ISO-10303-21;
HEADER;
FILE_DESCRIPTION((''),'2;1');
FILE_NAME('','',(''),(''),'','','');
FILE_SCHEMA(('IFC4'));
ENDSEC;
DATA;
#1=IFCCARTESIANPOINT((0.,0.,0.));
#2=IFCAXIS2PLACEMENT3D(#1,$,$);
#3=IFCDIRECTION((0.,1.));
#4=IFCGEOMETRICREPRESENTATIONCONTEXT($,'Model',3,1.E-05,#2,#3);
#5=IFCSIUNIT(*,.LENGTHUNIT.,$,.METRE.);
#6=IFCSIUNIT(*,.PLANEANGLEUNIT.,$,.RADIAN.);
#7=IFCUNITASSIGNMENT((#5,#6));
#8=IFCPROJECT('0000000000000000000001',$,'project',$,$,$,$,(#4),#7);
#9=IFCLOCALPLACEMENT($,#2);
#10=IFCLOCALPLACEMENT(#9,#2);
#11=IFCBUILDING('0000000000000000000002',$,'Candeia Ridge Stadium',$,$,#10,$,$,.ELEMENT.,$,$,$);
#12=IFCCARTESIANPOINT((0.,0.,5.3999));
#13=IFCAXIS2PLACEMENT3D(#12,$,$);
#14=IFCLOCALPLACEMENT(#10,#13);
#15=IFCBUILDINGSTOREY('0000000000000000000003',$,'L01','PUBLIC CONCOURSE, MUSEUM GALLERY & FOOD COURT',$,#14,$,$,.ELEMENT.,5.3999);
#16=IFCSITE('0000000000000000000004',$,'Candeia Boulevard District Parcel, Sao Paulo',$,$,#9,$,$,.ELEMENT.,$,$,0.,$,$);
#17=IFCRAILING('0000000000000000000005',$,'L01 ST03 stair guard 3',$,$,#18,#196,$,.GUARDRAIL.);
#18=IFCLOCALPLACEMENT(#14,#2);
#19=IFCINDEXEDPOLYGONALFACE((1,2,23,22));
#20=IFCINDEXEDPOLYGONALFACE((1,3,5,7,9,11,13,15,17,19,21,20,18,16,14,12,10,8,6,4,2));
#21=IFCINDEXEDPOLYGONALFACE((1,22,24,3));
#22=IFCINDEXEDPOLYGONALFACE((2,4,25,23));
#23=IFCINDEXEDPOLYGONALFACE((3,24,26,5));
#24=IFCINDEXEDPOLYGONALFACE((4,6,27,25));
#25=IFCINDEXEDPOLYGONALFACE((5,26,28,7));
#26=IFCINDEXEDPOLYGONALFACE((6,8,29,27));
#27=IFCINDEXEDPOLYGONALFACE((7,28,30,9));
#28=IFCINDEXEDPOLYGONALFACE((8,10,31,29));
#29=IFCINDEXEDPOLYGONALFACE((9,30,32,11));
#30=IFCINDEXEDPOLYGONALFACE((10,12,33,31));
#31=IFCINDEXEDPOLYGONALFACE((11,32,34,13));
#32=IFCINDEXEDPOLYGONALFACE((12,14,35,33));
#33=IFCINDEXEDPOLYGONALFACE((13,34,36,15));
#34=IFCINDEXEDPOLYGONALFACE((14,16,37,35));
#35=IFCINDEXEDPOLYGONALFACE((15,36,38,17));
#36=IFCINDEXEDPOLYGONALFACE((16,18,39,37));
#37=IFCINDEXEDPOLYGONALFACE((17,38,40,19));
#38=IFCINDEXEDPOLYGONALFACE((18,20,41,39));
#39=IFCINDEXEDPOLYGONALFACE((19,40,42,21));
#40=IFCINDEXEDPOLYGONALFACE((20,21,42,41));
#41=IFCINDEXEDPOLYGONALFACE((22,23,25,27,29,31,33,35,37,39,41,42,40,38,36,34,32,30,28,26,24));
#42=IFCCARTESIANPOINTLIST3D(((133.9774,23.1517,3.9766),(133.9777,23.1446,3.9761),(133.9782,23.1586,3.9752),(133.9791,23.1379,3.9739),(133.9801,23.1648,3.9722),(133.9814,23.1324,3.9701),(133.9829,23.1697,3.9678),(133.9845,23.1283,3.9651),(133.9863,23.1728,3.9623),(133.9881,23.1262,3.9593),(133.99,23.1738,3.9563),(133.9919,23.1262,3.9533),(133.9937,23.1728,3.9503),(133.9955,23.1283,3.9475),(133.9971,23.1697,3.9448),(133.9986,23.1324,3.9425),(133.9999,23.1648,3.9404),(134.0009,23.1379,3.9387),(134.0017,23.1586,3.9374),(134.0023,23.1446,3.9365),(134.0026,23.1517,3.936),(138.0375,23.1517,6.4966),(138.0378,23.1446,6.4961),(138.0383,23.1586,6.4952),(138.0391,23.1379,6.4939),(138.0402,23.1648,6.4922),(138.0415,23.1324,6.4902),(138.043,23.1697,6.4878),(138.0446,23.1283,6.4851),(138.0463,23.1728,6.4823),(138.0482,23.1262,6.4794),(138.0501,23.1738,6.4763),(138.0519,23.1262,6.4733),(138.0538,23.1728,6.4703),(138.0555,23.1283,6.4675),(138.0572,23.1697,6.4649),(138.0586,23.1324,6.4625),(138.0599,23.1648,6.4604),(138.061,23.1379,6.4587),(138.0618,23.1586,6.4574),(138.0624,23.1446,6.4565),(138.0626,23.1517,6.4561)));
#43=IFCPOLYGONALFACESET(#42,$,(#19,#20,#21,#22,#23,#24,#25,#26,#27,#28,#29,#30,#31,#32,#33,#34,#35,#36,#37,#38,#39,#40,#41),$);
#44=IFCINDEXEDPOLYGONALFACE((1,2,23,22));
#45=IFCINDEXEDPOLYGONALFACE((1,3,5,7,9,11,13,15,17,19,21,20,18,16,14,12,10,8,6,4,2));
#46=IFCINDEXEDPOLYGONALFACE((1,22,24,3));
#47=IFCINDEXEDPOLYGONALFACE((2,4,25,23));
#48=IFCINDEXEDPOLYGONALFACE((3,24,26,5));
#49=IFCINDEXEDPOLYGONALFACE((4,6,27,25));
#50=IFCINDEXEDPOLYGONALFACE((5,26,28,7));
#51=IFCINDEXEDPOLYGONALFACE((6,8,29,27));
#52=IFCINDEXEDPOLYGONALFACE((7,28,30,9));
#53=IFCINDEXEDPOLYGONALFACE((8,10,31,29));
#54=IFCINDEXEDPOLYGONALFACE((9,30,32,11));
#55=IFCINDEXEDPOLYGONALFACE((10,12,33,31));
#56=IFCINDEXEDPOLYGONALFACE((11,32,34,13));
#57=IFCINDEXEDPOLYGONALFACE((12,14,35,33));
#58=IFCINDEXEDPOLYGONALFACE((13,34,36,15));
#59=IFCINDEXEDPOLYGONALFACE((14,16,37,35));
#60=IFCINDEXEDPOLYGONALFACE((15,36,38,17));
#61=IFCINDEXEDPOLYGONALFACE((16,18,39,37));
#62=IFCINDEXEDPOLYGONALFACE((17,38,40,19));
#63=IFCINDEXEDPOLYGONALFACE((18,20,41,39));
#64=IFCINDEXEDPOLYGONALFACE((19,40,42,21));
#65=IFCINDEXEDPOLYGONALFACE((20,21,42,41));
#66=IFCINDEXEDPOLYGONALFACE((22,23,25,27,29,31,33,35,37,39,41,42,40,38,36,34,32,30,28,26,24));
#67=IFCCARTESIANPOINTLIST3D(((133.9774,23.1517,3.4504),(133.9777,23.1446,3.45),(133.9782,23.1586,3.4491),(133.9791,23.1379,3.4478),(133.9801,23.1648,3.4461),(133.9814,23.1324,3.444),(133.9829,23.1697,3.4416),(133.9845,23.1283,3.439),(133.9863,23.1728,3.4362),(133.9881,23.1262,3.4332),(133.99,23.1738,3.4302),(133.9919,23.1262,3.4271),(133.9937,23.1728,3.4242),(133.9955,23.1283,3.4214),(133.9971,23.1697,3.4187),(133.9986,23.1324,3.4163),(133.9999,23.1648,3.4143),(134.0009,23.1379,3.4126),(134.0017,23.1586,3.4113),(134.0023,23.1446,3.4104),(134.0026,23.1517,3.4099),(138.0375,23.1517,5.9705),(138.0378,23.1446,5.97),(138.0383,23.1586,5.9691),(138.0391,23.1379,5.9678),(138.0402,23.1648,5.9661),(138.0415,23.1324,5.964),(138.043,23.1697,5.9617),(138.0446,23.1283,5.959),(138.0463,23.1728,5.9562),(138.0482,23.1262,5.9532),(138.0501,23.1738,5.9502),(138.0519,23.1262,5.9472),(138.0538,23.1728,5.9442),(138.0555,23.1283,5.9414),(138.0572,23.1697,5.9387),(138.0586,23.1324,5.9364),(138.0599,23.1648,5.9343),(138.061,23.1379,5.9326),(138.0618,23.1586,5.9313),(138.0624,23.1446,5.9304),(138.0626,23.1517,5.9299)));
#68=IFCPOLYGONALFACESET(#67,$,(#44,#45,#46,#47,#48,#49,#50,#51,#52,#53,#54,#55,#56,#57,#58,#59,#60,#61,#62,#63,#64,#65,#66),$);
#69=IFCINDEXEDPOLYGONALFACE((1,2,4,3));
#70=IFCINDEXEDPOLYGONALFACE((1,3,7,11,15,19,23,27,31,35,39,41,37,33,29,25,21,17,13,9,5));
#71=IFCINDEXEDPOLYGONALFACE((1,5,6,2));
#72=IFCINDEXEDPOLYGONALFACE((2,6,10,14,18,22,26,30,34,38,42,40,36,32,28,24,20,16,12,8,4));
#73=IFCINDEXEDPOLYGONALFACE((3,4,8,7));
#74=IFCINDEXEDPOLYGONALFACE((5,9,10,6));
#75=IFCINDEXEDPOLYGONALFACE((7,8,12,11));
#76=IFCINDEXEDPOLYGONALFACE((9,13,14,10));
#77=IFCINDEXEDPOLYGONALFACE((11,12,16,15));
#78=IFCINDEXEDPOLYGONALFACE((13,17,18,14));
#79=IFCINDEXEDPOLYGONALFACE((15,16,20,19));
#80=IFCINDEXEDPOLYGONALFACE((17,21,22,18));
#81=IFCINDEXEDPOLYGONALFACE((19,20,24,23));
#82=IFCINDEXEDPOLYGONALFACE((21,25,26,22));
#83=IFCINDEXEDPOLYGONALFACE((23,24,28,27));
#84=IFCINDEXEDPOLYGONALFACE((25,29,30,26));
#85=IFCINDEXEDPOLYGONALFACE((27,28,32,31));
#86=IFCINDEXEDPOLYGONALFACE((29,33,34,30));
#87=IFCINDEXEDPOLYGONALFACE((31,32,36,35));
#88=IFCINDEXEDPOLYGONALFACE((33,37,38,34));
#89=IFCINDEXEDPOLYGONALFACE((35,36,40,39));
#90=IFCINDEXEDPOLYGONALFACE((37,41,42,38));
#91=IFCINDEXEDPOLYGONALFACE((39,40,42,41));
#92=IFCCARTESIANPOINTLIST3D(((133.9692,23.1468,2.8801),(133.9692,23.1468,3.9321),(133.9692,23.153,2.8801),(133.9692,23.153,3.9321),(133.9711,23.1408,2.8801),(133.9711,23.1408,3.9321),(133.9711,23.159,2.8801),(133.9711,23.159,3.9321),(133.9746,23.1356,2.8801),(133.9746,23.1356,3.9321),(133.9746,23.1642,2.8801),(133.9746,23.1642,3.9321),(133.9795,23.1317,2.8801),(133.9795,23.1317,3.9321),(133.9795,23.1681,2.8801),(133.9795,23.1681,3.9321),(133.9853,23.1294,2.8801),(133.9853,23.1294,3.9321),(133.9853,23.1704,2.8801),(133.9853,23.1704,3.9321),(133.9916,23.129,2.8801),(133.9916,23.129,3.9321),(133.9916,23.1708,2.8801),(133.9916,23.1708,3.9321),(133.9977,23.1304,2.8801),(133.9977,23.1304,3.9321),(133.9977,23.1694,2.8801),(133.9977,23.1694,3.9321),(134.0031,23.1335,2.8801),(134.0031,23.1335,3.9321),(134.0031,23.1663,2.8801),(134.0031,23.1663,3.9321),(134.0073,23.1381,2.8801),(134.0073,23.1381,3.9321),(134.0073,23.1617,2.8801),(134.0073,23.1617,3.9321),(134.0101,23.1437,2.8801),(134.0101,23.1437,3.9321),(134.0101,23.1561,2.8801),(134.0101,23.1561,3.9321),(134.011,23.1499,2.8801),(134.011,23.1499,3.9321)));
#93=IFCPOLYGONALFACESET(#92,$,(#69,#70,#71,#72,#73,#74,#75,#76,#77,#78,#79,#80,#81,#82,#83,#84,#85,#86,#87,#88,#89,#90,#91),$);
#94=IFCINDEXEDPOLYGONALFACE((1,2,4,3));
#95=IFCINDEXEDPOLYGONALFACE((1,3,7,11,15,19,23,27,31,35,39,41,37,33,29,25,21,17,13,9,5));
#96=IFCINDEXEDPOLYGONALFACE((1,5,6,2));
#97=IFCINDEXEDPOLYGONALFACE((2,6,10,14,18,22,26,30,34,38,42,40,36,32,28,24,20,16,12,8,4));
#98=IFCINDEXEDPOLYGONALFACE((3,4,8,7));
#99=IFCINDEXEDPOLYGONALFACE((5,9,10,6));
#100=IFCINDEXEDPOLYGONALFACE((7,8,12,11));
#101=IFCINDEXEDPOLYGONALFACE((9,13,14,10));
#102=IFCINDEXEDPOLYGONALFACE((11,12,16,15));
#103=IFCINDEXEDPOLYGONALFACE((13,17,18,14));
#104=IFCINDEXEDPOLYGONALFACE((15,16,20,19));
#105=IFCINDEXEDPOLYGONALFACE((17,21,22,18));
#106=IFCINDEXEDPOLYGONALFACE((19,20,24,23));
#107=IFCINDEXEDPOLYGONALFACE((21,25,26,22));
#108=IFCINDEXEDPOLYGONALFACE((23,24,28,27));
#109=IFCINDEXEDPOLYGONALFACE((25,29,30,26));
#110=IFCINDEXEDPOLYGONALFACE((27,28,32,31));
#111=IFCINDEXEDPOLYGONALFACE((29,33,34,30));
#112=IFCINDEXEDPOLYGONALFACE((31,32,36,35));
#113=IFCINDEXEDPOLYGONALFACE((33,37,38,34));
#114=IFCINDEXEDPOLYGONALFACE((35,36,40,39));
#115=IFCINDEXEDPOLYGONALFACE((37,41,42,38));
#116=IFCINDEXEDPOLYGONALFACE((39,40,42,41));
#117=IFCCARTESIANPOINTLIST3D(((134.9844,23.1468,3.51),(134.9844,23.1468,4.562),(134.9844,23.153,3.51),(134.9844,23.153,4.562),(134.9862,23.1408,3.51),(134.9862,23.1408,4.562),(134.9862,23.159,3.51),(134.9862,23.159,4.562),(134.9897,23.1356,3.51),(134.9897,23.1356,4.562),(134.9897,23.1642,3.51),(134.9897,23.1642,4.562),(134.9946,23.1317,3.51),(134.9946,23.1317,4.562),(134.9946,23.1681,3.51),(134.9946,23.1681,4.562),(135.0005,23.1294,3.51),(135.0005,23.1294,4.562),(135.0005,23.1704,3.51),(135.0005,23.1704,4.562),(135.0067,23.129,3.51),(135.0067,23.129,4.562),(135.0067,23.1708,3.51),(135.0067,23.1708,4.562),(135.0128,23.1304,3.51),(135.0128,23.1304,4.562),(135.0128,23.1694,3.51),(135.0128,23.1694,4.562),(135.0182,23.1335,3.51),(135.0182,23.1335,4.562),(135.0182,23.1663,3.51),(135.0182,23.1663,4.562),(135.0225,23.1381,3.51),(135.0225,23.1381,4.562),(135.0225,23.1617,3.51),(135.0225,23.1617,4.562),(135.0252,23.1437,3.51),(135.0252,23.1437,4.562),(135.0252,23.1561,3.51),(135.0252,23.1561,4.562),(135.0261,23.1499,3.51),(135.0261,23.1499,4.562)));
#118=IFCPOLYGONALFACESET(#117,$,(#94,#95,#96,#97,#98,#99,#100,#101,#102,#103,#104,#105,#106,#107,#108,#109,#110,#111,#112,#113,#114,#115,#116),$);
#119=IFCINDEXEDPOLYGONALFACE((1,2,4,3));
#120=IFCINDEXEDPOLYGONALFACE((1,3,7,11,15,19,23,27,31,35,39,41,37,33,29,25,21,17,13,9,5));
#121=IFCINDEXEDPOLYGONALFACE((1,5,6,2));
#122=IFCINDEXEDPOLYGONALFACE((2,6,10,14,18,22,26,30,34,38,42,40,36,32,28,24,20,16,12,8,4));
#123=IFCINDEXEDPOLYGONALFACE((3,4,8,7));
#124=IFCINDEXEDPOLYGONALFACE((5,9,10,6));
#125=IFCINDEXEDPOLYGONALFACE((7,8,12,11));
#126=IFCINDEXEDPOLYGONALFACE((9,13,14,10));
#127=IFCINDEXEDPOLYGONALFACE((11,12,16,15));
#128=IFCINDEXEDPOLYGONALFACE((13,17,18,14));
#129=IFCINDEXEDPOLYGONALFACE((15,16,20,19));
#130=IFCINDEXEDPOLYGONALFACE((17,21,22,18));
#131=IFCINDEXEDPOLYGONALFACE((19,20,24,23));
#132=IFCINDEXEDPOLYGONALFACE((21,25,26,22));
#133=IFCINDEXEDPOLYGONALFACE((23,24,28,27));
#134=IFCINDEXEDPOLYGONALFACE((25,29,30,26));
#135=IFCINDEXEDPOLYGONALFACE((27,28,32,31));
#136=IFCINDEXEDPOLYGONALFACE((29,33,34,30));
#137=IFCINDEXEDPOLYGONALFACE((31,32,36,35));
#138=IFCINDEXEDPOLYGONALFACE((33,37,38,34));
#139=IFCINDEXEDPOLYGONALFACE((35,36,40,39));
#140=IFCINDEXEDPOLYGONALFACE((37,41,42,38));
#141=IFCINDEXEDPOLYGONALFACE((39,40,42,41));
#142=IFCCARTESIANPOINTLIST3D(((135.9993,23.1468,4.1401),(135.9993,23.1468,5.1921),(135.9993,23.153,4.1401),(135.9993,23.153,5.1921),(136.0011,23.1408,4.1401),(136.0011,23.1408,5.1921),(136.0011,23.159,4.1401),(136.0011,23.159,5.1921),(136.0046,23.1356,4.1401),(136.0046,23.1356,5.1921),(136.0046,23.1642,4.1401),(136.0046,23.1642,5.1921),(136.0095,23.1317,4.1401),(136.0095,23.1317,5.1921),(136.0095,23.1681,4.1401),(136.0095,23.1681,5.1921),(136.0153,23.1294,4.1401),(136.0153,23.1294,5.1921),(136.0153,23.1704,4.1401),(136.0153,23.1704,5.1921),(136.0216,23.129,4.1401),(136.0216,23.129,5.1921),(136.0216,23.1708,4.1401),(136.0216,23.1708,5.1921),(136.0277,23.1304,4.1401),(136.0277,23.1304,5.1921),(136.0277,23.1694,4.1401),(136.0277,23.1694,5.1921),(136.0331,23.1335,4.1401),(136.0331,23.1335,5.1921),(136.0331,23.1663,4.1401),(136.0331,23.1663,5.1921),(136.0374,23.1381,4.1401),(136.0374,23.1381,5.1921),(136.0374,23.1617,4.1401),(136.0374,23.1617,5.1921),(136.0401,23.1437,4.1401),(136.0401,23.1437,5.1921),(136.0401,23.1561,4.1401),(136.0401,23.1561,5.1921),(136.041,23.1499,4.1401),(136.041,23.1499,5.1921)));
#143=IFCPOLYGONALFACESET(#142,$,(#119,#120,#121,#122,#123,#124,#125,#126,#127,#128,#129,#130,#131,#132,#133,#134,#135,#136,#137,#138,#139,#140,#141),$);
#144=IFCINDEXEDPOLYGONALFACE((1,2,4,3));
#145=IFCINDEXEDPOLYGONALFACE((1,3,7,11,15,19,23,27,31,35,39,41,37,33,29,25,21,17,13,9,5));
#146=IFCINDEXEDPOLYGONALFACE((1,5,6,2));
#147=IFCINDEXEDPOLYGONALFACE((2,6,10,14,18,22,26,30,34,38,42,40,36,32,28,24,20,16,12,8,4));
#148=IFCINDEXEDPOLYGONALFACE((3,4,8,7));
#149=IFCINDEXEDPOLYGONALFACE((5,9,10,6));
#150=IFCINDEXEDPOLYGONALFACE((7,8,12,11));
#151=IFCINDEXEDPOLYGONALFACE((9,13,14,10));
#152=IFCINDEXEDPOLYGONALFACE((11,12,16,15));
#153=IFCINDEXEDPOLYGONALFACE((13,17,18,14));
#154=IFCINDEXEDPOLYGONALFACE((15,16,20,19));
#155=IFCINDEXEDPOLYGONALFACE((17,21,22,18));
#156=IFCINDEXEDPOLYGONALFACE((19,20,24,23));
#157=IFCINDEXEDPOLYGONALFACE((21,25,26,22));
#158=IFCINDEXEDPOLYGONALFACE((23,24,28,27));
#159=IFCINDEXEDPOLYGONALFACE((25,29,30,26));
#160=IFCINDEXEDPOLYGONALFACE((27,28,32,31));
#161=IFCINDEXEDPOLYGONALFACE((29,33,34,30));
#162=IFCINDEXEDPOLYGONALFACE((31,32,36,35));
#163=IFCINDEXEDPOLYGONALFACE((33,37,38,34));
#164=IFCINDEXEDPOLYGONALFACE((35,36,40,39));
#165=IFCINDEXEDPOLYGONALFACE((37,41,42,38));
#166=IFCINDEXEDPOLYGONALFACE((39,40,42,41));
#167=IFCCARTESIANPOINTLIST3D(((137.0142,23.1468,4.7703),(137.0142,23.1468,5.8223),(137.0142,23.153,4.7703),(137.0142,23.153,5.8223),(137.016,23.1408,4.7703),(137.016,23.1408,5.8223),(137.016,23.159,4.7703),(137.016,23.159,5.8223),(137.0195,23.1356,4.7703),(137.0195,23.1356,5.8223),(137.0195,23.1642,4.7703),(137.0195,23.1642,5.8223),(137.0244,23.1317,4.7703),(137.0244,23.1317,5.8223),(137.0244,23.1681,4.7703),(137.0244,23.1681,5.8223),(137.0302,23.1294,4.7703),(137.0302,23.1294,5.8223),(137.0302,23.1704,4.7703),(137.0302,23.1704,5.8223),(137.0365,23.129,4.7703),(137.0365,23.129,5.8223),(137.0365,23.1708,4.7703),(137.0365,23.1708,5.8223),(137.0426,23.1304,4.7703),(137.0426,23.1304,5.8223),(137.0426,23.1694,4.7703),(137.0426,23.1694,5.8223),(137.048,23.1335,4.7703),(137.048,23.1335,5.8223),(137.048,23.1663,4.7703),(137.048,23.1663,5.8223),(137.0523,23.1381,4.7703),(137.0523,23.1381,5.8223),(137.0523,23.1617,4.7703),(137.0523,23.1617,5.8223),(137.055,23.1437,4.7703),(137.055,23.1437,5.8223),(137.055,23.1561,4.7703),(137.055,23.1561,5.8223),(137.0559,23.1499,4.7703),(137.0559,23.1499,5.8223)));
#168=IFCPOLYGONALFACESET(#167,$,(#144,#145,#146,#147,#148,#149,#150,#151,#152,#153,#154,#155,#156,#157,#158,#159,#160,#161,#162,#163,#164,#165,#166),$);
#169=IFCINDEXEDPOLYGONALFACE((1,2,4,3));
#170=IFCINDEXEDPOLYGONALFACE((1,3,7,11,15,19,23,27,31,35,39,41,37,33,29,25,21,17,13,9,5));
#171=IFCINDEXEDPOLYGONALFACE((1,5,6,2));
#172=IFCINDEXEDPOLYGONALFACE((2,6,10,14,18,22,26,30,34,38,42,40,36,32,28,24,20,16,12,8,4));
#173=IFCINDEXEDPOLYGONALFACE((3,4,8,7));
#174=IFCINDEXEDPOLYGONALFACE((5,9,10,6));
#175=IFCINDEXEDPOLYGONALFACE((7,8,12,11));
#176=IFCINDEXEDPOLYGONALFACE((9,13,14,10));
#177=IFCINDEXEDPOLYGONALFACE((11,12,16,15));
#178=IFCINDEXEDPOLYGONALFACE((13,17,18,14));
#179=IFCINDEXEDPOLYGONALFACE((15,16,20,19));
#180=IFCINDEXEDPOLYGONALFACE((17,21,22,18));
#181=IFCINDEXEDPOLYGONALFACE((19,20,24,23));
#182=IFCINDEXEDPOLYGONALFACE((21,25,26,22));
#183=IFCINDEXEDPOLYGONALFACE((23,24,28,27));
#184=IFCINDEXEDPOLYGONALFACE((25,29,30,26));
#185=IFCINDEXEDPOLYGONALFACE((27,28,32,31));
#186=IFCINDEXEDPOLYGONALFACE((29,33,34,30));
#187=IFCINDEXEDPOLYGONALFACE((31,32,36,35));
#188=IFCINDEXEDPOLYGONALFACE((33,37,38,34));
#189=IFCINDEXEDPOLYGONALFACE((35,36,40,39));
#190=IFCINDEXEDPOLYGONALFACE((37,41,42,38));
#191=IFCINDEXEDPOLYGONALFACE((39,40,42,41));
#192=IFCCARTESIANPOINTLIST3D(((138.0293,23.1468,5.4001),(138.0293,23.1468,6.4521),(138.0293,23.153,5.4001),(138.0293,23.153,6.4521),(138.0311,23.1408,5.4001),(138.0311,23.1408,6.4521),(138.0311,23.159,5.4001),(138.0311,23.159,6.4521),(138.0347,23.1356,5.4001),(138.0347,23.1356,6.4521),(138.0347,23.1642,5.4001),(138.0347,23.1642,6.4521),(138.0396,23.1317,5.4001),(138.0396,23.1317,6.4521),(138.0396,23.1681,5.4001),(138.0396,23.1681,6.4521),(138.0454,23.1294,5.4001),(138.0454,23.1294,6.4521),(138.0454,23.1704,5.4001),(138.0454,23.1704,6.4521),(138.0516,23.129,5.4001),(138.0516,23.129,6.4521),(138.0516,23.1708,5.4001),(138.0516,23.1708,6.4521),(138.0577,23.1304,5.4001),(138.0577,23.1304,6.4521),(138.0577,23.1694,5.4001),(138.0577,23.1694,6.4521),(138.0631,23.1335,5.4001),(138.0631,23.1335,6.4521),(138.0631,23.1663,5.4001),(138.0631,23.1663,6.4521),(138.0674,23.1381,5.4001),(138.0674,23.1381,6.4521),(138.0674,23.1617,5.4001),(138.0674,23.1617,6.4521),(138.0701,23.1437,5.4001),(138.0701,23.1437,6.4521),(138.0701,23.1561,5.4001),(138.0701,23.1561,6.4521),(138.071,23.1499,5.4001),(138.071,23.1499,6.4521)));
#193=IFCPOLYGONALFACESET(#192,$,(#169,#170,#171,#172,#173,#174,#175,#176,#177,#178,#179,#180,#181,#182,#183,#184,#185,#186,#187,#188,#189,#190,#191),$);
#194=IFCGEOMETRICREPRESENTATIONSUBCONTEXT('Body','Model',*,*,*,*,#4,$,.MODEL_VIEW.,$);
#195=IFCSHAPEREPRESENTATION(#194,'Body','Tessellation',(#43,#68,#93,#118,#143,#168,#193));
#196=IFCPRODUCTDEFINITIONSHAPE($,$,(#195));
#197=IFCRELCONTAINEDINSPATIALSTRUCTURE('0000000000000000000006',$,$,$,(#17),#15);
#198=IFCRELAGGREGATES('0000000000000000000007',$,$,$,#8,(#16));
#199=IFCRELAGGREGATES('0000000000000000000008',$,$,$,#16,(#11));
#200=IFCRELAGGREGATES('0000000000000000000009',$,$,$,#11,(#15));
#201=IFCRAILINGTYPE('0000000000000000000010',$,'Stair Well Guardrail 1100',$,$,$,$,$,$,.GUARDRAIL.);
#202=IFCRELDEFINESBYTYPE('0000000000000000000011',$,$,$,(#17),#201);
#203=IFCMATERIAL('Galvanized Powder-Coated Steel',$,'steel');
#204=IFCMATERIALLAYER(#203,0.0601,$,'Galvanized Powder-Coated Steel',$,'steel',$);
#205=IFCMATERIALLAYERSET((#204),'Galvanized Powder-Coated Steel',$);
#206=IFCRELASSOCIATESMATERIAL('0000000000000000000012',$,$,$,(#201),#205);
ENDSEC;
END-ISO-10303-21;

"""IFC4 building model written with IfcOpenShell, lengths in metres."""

from ifc_helpers import new_model, si_unit, direction, frame, origin, origin_2d, place, context, subcontext, project, spatial, circle, extrude, material, layer, layer_set, type_object, element, save


model = new_model("IFC4")

# Units and contexts
model_context = context("Model", 3, precision=1e-05, world=origin(), true_north=direction((0.0, 1.0)))
body_context = subcontext(model_context, "Body", "Model", "MODEL_VIEW")
ifc_project = project(units=[si_unit("LENGTHUNIT", "METRE"), si_unit("PLANEANGLEUNIT", "RADIAN")], contexts=[model_context])

# Site, building, storey
site_placement = place(None, origin())
site = spatial("IfcSite", under=ifc_project, at=site_placement, Name="Candeia Boulevard District Parcel, Sao Paulo", CompositionType="ELEMENT", RefElevation=0.0)
building_placement = place(site_placement, origin())
building = spatial("IfcBuilding", under=site, at=building_placement, Name="Candeia Ridge Stadium", CompositionType="ELEMENT")
storey_placement = place(building_placement, frame((0.0, 0.0, 5.3999)))
storey = spatial("IfcBuildingStorey", under=building, at=storey_placement, Name="L01", Description="PUBLIC CONCOURSE, MUSEUM GALLERY & FOOD COURT", CompositionType="ELEMENT", Elevation=5.3999)

# Railing
ifc_material_1 = material(Name="Galvanized Powder-Coated Steel", Category="steel")
ifc_layer_1 = layer(ifc_material_1, 0.0601, Name="Galvanized Powder-Coated Steel", Category="steel")
ifc_layer_set_1 = layer_set([ifc_layer_1], Name="Galvanized Powder-Coated Steel")
railing_type_1 = type_object("IfcRailingType", Name="Stair Well Guardrail 1100", PredefinedType="GUARDRAIL", material=ifc_layer_set_1)
railing_1_placement = place(storey_placement, frame((133.99, 23.1499, 2.8801)))
element("IfcRailing", 1, at=railing_1_placement, inside=storey, type_object=railing_type_1, Name="L01 ST03 stair guard 3", PredefinedType="GUARDRAIL", context=body_context, shape_type="SweptSolid", body=[
    extrude(circle(Radius=0.0239, at=origin_2d()), frame((0.0, 0.0, 1.0762), z_axis=(0.849642, 0.0, 0.52736), x_axis=(0.0, 1.0, 0.0)), (0.0, 0.0, 1.0), 4.7786),
    extrude(circle(Radius=0.0239, at=origin_2d()), frame((0.0, 0.0, 0.55), z_axis=(0.849642, 0.0, 0.52736), x_axis=(0.0, 1.0, 0.0)), (0.0, 0.0, 1.0), 4.7786),
    extrude(circle(Radius=0.021, at=origin_2d()), origin(), (0.0, 0.0, 1.0), 1.052),
    extrude(circle(Radius=0.021, at=origin_2d()), frame((1.0151, 0.0, 0.6299)), (0.0, 0.0, 1.0), 1.052),
    extrude(circle(Radius=0.021, at=origin_2d()), frame((2.03, 0.0, 1.26)), (0.0, 0.0, 1.0), 1.052),
    extrude(circle(Radius=0.021, at=origin_2d()), frame((3.0449, 0.0, 1.8901)), (0.0, 0.0, 1.0), 1.052),
    extrude(circle(Radius=0.021, at=origin_2d()), frame((4.0601, 0.0, 2.52)), (0.0, 0.0, 1.0), 1.052),
])

save(model, "model.ifc")
